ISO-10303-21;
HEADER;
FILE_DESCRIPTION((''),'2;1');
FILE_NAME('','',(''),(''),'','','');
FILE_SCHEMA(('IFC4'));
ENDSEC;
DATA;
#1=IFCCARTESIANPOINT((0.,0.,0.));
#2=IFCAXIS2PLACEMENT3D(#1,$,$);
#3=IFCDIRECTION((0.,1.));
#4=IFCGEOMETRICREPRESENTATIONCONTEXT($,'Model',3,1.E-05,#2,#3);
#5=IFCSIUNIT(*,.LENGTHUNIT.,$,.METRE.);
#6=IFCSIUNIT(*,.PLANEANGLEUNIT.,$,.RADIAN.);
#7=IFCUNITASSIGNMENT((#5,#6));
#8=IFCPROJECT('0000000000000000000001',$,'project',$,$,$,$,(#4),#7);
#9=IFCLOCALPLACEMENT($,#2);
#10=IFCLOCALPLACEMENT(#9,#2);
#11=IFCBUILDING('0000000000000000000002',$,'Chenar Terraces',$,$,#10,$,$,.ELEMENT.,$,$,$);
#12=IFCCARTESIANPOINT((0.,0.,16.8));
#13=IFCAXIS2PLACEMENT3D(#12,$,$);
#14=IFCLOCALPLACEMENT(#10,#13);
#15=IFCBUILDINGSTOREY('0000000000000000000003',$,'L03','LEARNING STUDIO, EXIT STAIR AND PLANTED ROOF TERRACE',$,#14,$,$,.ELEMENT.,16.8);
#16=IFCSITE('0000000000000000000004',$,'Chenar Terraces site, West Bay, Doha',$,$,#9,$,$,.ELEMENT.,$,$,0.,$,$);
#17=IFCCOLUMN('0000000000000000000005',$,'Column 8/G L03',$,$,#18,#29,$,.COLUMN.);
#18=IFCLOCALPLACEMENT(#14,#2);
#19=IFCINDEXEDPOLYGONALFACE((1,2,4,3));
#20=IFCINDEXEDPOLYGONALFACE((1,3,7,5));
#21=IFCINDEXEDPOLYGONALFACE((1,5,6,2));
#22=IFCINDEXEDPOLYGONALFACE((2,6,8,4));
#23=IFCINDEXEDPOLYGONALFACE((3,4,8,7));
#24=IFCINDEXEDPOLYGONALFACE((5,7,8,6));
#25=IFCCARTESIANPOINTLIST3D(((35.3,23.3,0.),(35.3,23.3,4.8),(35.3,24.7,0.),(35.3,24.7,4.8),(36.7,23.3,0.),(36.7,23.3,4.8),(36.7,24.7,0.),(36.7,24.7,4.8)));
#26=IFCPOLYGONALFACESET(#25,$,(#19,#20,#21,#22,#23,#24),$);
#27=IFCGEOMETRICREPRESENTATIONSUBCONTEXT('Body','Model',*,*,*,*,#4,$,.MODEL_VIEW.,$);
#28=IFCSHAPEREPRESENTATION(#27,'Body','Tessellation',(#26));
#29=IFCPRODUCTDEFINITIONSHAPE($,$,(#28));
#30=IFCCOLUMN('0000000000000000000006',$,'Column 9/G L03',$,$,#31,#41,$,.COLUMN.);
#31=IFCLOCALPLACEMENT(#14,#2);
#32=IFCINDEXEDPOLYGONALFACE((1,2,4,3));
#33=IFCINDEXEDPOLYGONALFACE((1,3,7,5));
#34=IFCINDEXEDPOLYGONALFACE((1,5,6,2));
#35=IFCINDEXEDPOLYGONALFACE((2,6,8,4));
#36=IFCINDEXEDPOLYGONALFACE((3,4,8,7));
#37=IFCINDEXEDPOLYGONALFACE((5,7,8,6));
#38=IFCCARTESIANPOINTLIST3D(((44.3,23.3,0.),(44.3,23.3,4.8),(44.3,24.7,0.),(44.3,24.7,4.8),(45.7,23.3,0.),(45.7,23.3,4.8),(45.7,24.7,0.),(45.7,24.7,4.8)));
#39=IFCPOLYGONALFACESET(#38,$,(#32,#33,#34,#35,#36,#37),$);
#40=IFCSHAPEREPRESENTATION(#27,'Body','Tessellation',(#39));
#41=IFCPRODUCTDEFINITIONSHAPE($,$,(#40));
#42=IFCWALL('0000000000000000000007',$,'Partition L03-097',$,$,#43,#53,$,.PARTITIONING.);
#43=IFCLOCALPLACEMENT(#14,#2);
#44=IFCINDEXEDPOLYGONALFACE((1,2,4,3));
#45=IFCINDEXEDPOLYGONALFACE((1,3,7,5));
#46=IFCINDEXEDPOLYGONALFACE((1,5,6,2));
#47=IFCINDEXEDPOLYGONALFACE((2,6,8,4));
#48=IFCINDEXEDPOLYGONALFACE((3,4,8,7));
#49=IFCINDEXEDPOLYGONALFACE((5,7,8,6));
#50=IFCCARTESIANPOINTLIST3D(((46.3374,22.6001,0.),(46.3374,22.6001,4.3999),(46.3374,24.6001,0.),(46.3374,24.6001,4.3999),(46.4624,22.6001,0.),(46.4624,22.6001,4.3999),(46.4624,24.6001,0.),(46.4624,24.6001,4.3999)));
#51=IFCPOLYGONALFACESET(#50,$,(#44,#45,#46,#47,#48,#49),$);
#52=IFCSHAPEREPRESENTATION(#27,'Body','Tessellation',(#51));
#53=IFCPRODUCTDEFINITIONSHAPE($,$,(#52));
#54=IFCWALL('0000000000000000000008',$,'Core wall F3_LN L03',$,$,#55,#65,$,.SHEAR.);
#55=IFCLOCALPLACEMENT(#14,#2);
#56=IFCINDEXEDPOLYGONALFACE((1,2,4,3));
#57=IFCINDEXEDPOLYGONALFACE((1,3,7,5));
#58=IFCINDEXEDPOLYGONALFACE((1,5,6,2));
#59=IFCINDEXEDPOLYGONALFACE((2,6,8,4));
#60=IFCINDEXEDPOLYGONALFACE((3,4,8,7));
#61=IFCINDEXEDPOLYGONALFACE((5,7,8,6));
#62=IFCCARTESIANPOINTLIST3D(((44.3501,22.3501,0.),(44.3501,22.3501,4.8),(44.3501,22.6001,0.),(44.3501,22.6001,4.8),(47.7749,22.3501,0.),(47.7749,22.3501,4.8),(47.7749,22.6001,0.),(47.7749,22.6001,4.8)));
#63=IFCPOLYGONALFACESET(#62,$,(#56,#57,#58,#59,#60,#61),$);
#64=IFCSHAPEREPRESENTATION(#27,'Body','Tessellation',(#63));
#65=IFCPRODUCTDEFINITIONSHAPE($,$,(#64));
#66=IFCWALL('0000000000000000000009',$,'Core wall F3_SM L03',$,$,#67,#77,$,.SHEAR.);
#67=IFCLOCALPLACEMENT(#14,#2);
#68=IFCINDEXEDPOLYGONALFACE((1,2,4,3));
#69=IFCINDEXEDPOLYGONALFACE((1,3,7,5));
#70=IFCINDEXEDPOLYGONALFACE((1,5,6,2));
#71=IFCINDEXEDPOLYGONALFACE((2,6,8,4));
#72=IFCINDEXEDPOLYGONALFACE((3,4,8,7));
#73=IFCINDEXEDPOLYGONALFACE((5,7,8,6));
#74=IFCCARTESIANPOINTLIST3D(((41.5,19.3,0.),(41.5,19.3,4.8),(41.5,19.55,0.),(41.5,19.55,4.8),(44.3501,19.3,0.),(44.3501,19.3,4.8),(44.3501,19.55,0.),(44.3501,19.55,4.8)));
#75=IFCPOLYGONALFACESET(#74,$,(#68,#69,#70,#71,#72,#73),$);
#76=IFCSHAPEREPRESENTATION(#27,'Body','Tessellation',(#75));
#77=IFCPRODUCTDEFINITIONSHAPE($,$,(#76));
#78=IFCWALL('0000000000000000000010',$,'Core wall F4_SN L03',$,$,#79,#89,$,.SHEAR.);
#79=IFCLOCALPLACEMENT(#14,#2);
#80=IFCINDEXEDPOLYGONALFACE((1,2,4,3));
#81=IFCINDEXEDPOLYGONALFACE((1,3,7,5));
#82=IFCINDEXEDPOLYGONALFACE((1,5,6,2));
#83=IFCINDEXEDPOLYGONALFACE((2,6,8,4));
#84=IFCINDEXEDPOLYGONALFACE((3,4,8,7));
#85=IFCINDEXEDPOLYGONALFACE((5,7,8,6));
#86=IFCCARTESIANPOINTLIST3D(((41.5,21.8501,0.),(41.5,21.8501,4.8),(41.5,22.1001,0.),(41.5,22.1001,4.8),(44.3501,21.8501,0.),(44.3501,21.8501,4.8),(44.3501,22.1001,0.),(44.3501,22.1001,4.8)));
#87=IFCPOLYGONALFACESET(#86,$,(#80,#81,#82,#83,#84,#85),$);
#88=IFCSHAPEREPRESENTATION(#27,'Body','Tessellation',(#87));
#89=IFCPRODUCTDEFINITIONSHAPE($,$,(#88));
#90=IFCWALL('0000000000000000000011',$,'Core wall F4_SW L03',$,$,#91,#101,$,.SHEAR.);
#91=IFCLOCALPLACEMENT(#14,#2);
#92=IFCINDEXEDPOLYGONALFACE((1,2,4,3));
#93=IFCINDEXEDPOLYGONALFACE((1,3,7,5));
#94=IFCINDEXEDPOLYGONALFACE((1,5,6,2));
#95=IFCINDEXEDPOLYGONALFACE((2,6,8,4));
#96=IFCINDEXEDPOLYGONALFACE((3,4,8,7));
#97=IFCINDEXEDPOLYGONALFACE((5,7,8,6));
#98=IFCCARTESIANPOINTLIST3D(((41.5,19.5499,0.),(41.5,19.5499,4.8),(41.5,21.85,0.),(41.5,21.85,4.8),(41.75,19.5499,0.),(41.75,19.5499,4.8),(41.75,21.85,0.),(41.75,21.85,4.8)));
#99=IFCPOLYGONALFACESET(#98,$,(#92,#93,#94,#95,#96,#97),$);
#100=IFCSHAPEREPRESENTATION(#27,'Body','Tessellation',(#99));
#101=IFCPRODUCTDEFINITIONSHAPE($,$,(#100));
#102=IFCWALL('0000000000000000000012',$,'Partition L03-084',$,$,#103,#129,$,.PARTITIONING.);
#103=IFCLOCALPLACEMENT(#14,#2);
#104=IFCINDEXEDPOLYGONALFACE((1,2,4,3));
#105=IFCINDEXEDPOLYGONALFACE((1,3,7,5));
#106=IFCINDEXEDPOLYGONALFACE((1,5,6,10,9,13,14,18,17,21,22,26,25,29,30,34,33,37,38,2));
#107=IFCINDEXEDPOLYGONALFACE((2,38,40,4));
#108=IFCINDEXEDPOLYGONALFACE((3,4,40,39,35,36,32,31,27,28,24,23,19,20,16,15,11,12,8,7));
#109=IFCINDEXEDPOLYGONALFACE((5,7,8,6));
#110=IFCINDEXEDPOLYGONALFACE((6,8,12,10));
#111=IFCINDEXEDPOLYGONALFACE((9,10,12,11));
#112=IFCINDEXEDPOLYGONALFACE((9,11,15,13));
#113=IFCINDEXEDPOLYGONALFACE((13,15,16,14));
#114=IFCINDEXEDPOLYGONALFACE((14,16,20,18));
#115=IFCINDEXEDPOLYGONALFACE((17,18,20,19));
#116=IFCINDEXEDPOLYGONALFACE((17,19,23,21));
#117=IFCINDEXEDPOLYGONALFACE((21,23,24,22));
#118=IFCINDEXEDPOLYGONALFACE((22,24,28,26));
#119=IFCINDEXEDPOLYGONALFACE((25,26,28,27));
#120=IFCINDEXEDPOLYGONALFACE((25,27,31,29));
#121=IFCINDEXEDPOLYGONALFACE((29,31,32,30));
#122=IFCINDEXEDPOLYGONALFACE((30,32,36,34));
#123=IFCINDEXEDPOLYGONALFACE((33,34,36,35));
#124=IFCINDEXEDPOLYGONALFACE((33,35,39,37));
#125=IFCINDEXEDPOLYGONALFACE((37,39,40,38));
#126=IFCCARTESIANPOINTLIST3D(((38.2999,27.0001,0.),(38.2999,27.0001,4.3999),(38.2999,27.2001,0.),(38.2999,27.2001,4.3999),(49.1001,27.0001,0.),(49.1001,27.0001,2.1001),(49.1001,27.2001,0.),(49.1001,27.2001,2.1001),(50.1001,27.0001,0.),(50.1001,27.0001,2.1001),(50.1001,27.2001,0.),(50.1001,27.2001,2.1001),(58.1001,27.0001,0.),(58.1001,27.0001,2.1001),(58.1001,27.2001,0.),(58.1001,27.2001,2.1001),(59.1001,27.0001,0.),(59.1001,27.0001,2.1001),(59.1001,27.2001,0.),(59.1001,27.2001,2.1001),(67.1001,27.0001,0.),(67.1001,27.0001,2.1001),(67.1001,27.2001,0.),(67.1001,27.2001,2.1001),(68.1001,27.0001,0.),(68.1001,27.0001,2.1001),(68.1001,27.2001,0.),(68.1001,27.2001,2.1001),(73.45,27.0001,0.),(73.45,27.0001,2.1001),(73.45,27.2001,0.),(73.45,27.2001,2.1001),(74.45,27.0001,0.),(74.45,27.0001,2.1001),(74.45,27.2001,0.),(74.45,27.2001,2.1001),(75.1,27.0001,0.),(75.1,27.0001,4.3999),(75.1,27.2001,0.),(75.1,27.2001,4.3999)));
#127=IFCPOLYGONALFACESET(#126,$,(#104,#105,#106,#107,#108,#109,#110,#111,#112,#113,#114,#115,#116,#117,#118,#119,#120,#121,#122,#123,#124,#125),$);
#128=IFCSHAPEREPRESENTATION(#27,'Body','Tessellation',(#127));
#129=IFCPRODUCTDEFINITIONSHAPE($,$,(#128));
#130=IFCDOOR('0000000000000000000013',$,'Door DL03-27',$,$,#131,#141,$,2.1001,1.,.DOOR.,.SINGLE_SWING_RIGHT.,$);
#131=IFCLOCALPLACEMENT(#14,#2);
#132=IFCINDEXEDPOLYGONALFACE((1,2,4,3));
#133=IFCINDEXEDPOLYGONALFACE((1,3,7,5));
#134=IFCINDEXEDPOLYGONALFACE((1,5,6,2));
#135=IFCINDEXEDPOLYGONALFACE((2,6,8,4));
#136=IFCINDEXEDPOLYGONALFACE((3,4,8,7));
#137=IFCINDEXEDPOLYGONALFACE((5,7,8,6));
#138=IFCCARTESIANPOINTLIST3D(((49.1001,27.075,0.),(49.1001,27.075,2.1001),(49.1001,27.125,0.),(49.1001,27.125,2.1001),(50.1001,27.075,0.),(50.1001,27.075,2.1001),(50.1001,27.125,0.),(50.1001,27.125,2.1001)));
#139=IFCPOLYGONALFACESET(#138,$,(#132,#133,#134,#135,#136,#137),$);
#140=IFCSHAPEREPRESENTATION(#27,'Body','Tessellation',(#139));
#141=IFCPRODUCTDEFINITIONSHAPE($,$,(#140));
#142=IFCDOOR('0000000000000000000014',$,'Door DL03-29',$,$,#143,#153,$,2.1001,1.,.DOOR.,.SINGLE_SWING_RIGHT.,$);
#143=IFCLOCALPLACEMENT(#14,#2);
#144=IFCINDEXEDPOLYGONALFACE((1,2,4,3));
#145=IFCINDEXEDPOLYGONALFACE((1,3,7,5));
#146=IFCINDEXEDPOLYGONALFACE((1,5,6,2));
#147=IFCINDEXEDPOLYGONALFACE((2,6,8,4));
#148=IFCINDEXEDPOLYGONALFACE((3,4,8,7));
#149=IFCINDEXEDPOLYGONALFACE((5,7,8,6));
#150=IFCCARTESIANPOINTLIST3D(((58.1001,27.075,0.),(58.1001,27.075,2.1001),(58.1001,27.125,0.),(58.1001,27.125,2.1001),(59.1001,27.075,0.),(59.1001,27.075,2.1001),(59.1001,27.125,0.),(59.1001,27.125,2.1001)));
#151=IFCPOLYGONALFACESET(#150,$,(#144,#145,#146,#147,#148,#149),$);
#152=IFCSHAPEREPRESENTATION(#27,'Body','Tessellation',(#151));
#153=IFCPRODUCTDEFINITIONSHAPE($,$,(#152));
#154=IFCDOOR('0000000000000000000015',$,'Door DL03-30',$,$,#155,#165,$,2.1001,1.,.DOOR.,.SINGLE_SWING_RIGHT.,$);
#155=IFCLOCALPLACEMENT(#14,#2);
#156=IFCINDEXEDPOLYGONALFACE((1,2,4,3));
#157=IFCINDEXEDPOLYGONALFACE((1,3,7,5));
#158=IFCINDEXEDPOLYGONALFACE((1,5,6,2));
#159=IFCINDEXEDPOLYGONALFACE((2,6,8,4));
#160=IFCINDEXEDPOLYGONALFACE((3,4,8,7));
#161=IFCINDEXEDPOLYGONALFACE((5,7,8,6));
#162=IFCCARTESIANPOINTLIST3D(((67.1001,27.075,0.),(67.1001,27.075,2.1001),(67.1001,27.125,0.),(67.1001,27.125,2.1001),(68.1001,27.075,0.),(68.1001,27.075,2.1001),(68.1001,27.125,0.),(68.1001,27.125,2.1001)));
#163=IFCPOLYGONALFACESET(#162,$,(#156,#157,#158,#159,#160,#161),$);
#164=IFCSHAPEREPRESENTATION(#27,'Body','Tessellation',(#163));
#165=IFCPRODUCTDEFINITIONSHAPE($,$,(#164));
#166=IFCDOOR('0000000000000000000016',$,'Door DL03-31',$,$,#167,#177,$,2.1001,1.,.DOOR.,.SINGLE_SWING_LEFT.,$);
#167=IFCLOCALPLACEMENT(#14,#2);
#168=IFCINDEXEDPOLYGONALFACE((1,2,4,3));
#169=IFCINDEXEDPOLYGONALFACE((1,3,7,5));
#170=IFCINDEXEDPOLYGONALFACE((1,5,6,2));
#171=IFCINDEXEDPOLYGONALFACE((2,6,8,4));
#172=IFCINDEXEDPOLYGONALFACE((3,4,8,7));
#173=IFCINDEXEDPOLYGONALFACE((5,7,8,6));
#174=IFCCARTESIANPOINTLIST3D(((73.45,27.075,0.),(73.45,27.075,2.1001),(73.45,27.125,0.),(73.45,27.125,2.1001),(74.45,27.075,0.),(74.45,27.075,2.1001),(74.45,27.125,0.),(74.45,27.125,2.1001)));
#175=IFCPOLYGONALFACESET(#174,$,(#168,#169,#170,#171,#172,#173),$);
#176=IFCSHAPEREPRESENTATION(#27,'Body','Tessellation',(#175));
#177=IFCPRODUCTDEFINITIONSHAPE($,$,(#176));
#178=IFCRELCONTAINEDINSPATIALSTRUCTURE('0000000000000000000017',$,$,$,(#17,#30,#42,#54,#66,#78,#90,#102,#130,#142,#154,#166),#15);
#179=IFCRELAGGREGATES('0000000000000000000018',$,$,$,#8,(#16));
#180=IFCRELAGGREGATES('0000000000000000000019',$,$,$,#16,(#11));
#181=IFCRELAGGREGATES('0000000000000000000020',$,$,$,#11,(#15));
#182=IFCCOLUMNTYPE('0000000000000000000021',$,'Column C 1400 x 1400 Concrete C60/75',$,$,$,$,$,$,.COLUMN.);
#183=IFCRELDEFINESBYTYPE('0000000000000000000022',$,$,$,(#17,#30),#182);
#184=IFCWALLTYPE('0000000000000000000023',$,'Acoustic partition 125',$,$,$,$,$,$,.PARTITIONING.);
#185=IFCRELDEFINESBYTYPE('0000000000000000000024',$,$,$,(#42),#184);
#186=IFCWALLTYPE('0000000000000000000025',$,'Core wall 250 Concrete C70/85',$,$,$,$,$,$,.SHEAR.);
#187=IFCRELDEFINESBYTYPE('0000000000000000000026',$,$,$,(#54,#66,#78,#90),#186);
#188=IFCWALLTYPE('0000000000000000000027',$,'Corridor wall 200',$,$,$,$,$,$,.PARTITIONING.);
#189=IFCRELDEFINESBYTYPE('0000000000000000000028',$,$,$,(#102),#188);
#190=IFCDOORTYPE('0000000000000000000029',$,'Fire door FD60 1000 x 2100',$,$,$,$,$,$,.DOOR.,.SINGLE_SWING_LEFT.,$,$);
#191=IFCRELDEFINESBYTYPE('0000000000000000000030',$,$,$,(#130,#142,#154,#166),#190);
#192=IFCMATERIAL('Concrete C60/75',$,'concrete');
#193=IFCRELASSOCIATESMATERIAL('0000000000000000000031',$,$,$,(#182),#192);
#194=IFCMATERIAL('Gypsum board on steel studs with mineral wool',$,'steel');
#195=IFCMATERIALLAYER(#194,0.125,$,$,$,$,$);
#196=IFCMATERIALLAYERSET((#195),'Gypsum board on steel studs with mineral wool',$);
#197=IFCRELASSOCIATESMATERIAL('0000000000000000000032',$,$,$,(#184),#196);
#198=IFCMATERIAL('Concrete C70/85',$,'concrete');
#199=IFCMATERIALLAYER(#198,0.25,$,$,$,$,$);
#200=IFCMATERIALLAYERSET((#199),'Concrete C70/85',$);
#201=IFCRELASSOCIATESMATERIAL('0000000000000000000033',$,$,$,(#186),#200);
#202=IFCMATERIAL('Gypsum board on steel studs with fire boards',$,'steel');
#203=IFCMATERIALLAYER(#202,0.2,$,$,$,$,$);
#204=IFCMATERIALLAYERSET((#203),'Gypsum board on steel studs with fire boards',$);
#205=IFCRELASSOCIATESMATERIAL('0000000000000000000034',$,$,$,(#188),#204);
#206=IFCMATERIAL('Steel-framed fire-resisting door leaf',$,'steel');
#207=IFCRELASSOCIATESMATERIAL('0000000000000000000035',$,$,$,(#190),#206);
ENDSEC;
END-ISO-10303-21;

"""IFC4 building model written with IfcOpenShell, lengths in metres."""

from ifc_helpers import new_model, si_unit, direction, frame, frame_2d, origin, origin_2d, place, context, subcontext, project, spatial, rectangle, extrude, material, layer, layer_set, material_profile, profile_set, type_object, element, fill, save


model = new_model("IFC4")

# Units and contexts
model_context = context("Model", 3, precision=1e-05, world=origin(), true_north=direction((0.0, 1.0)))
body_context = subcontext(model_context, "Body", "Model", "MODEL_VIEW")
ifc_project = project(units=[si_unit("LENGTHUNIT", "METRE"), si_unit("PLANEANGLEUNIT", "RADIAN")], contexts=[model_context])

# Site, building, storey
site_placement = place(None, origin())
site = spatial("IfcSite", under=ifc_project, at=site_placement, Name="Chenar Terraces site, West Bay, Doha", CompositionType="ELEMENT", RefElevation=0.0)
building_placement = place(site_placement, origin())
building = spatial("IfcBuilding", under=site, at=building_placement, Name="Chenar Terraces", CompositionType="ELEMENT")
storey_placement = place(building_placement, frame((0.0, 0.0, 16.8)))
storey = spatial("IfcBuildingStorey", under=building, at=storey_placement, Name="L03", Description="LEARNING STUDIO, EXIT STAIR AND PLANTED ROOF TERRACE", CompositionType="ELEMENT", Elevation=16.8)

# Columns
ifc_material_1 = material(Name="Concrete C60/75", Category="concrete")
ifc_material_profile = material_profile(ifc_material_1, rectangle(XDim=1.3999, YDim=1.3999, at=origin_2d()), Name="C 1400 x 1400")
ifc_profile_set = profile_set([ifc_material_profile], Name="Concrete C60/75")
column_type = type_object("IfcColumnType", Name="Column C 1400 x 1400 Concrete C60/75", PredefinedType="COLUMN", material=ifc_profile_set)
for number, where, z_axis, x_axis, name in (
    (1, (36.0, 24.0, 0.0), (0.0, 0.0, 1.0), (1.0, 0.0, 0.0), "Column 8/G L03"),
    (2, (45.0, 24.0, 0.0), (0.0, 0.0, 1.0), (1.0, 0.0, 0.0), "Column 9/G L03"),
):
    element("IfcColumn", number, at=place(storey_placement, frame(where, z_axis=z_axis, x_axis=x_axis)), inside=storey, type_object=column_type, Name=name, PredefinedType="COLUMN", context=body_context, shape_type="SweptSolid", body=[
        extrude(rectangle(XDim=1.3999, YDim=1.3999, at=origin_2d()), origin(), (0.0, 0.0, 1.0), 4.8),
    ])

# Walls
ifc_material_2 = material(Name="Gypsum board on steel studs with mineral wool", Category="steel")
ifc_layer_1 = layer(ifc_material_2, 0.125)
ifc_layer_set_1 = layer_set([ifc_layer_1], Name="Gypsum board on steel studs with mineral wool")
wall_type_1 = type_object("IfcWallType", Name="Acoustic partition 125", PredefinedType="PARTITIONING", material=ifc_layer_set_1)
wall_1_placement = place(storey_placement, frame((46.3999, 22.6001, 0.0), z_axis=(0.0, 0.0, 1.0), x_axis=(0.0, 1.0, 0.0)))
element("IfcWall", 3, at=wall_1_placement, inside=storey, type_object=wall_type_1, Name="Partition L03-097", PredefinedType="PARTITIONING", context=body_context, shape_type="SweptSolid", body=[
    extrude(rectangle(XDim=2.0, YDim=0.125, at=frame_2d((1.0, 0.0))), origin(), (0.0, 0.0, 1.0), 4.3999),
])
ifc_material_3 = material(Name="Concrete C70/85", Category="concrete")
ifc_layer_2 = layer(ifc_material_3, 0.25)
ifc_layer_set_2 = layer_set([ifc_layer_2], Name="Concrete C70/85")
wall_type_2 = type_object("IfcWallType", Name="Core wall 250 Concrete C70/85", PredefinedType="SHEAR", material=ifc_layer_set_2)
wall_2_placement = place(storey_placement, frame((44.3501, 22.4751, 0.0), z_axis=(0.0, 0.0, 1.0), x_axis=(1.0, 0.0, 0.0)))
element("IfcWall", 4, at=wall_2_placement, inside=storey, type_object=wall_type_2, Name="Core wall F3_LN L03", PredefinedType="SHEAR", context=body_context, shape_type="SweptSolid", body=[
    extrude(rectangle(XDim=3.4248, YDim=0.25, at=frame_2d((1.7124, 0.0))), origin(), (0.0, 0.0, 1.0), 4.8),
])
for number, where, z_axis, x_axis, name in (
    (5, (41.5, 19.425, 0.0), (0.0, 0.0, 1.0), (1.0, 0.0, 0.0), "Core wall F3_SM L03"),
    (6, (41.5, 21.9751, 0.0), (0.0, 0.0, 1.0), (1.0, 0.0, 0.0), "Core wall F4_SN L03"),
):
    element("IfcWall", number, at=place(storey_placement, frame(where, z_axis=z_axis, x_axis=x_axis)), inside=storey, type_object=wall_type_2, Name=name, PredefinedType="SHEAR", context=body_context, shape_type="SweptSolid", body=[
        extrude(rectangle(XDim=2.8501, YDim=0.25, at=frame_2d((1.425, 0.0))), origin(), (0.0, 0.0, 1.0), 4.8),
    ])
wall_3_placement = place(storey_placement, frame((41.625, 19.55, 0.0), z_axis=(0.0, 0.0, 1.0), x_axis=(0.0, 1.0, 0.0)))
element("IfcWall", 7, at=wall_3_placement, inside=storey, type_object=wall_type_2, Name="Core wall F4_SW L03", PredefinedType="SHEAR", context=body_context, shape_type="SweptSolid", body=[
    extrude(rectangle(XDim=2.3, YDim=0.25, at=frame_2d((1.1499, 0.0))), origin(), (0.0, 0.0, 1.0), 4.8),
])

# Wall, openings, doors
ifc_material_4 = material(Name="Gypsum board on steel studs with fire boards", Category="steel")
ifc_layer_3 = layer(ifc_material_4, 0.2)
ifc_layer_set_3 = layer_set([ifc_layer_3], Name="Gypsum board on steel studs with fire boards")
wall_type_3 = type_object("IfcWallType", Name="Corridor wall 200", PredefinedType="PARTITIONING", material=ifc_layer_set_3)
wall_4_placement = place(storey_placement, frame((38.3, 27.1001, 0.0), z_axis=(0.0, 0.0, 1.0), x_axis=(1.0, 0.0, 0.0)))
wall_4 = element("IfcWall", 8, at=wall_4_placement, inside=storey, type_object=wall_type_3, Name="Partition L03-084", PredefinedType="PARTITIONING", context=body_context, shape_type="SweptSolid", body=[
    extrude(rectangle(XDim=36.8, YDim=0.2, at=frame_2d((18.3999, 0.0))), origin(), (0.0, 0.0, 1.0), 4.3999),
])
opening_1_placement = place(wall_4_placement, frame((10.8, 0.0, 0.0)))
opening_1 = element("IfcOpeningElement", 9, at=opening_1_placement, cuts=wall_4, PredefinedType="OPENING", context=body_context, shape_type="SweptSolid", body=[
    extrude(rectangle(XDim=1.0, YDim=2.1001, at=frame_2d((0.5, 1.05))), frame((0.0, 0.1099, 0.0), z_axis=(0.0, -1.0, 0.0), x_axis=(1.0, 0.0, 0.0)), (0.0, 0.0, 1.0), 0.22),
])
opening_2_placement = place(wall_4_placement, frame((19.8, 0.0, 0.0)))
opening_2 = element("IfcOpeningElement", 10, at=opening_2_placement, cuts=wall_4, PredefinedType="OPENING", context=body_context, shape_type="SweptSolid", body=[
    extrude(rectangle(XDim=1.0, YDim=2.1001, at=frame_2d((0.5, 1.05))), frame((0.0, 0.1099, 0.0), z_axis=(0.0, -1.0, 0.0), x_axis=(1.0, 0.0, 0.0)), (0.0, 0.0, 1.0), 0.22),
])
opening_3_placement = place(wall_4_placement, frame((28.8, 0.0, 0.0)))
opening_3 = element("IfcOpeningElement", 11, at=opening_3_placement, cuts=wall_4, PredefinedType="OPENING", context=body_context, shape_type="SweptSolid", body=[
    extrude(rectangle(XDim=1.0, YDim=2.1001, at=frame_2d((0.5, 1.05))), frame((0.0, 0.1099, 0.0), z_axis=(0.0, -1.0, 0.0), x_axis=(1.0, 0.0, 0.0)), (0.0, 0.0, 1.0), 0.22),
])
opening_4_placement = place(wall_4_placement, frame((35.1499, 0.0, 0.0)))
opening_4 = element("IfcOpeningElement", 12, at=opening_4_placement, cuts=wall_4, PredefinedType="OPENING", context=body_context, shape_type="SweptSolid", body=[
    extrude(rectangle(XDim=1.0, YDim=2.1001, at=frame_2d((0.5, 1.05))), frame((0.0, 0.1099, 0.0), z_axis=(0.0, -1.0, 0.0), x_axis=(1.0, 0.0, 0.0)), (0.0, 0.0, 1.0), 0.22),
])
ifc_material_5 = material(Name="Steel-framed fire-resisting door leaf", Category="steel")
door_type_1 = type_object("IfcDoorType", Name="Fire door FD60 1000 x 2100", OperationType="SINGLE_SWING_LEFT", PredefinedType="DOOR", material=ifc_material_5)
door_1_placement = place(opening_1_placement, origin())
door_1 = element("IfcDoor", 13, at=door_1_placement, inside=storey, type_object=door_type_1, Name="Door DL03-27", OperationType="SINGLE_SWING_RIGHT", OverallHeight=2.1001, OverallWidth=1.0, PredefinedType="DOOR", context=body_context, shape_type="SweptSolid", body=[
    extrude(rectangle(XDim=1.0, YDim=2.1001, at=frame_2d((0.5, 1.05))), frame((0.0, 0.0249, 0.0), z_axis=(0.0, -1.0, 0.0), x_axis=(1.0, 0.0, 0.0)), (0.0, 0.0, 1.0), 0.05),
])
fill(opening_1, door_1)
door_2_placement = place(opening_2_placement, origin())
door_2 = element("IfcDoor", 14, at=door_2_placement, inside=storey, type_object=door_type_1, Name="Door DL03-29", OperationType="SINGLE_SWING_RIGHT", OverallHeight=2.1001, OverallWidth=1.0, PredefinedType="DOOR", context=body_context, shape_type="SweptSolid", body=[
    extrude(rectangle(XDim=1.0, YDim=2.1001, at=frame_2d((0.5, 1.05))), frame((0.0, 0.0249, 0.0), z_axis=(0.0, -1.0, 0.0), x_axis=(1.0, 0.0, 0.0)), (0.0, 0.0, 1.0), 0.05),
])
fill(opening_2, door_2)
door_3_placement = place(opening_3_placement, origin())
door_3 = element("IfcDoor", 15, at=door_3_placement, inside=storey, type_object=door_type_1, Name="Door DL03-30", OperationType="SINGLE_SWING_RIGHT", OverallHeight=2.1001, OverallWidth=1.0, PredefinedType="DOOR", context=body_context, shape_type="SweptSolid", body=[
    extrude(rectangle(XDim=1.0, YDim=2.1001, at=frame_2d((0.5, 1.05))), frame((0.0, 0.0249, 0.0), z_axis=(0.0, -1.0, 0.0), x_axis=(1.0, 0.0, 0.0)), (0.0, 0.0, 1.0), 0.05),
])
fill(opening_3, door_3)
door_4_placement = place(opening_4_placement, origin())
door_4 = element("IfcDoor", 16, at=door_4_placement, inside=storey, type_object=door_type_1, Name="Door DL03-31", OperationType="SINGLE_SWING_LEFT", OverallHeight=2.1001, OverallWidth=1.0, PredefinedType="DOOR", context=body_context, shape_type="SweptSolid", body=[
    extrude(rectangle(XDim=1.0, YDim=2.1001, at=frame_2d((0.5, 1.05))), frame((0.0, 0.0249, 0.0), z_axis=(0.0, -1.0, 0.0), x_axis=(1.0, 0.0, 0.0)), (0.0, 0.0, 1.0), 0.05),
])
fill(opening_4, door_4)

save(model, "model.ifc")
